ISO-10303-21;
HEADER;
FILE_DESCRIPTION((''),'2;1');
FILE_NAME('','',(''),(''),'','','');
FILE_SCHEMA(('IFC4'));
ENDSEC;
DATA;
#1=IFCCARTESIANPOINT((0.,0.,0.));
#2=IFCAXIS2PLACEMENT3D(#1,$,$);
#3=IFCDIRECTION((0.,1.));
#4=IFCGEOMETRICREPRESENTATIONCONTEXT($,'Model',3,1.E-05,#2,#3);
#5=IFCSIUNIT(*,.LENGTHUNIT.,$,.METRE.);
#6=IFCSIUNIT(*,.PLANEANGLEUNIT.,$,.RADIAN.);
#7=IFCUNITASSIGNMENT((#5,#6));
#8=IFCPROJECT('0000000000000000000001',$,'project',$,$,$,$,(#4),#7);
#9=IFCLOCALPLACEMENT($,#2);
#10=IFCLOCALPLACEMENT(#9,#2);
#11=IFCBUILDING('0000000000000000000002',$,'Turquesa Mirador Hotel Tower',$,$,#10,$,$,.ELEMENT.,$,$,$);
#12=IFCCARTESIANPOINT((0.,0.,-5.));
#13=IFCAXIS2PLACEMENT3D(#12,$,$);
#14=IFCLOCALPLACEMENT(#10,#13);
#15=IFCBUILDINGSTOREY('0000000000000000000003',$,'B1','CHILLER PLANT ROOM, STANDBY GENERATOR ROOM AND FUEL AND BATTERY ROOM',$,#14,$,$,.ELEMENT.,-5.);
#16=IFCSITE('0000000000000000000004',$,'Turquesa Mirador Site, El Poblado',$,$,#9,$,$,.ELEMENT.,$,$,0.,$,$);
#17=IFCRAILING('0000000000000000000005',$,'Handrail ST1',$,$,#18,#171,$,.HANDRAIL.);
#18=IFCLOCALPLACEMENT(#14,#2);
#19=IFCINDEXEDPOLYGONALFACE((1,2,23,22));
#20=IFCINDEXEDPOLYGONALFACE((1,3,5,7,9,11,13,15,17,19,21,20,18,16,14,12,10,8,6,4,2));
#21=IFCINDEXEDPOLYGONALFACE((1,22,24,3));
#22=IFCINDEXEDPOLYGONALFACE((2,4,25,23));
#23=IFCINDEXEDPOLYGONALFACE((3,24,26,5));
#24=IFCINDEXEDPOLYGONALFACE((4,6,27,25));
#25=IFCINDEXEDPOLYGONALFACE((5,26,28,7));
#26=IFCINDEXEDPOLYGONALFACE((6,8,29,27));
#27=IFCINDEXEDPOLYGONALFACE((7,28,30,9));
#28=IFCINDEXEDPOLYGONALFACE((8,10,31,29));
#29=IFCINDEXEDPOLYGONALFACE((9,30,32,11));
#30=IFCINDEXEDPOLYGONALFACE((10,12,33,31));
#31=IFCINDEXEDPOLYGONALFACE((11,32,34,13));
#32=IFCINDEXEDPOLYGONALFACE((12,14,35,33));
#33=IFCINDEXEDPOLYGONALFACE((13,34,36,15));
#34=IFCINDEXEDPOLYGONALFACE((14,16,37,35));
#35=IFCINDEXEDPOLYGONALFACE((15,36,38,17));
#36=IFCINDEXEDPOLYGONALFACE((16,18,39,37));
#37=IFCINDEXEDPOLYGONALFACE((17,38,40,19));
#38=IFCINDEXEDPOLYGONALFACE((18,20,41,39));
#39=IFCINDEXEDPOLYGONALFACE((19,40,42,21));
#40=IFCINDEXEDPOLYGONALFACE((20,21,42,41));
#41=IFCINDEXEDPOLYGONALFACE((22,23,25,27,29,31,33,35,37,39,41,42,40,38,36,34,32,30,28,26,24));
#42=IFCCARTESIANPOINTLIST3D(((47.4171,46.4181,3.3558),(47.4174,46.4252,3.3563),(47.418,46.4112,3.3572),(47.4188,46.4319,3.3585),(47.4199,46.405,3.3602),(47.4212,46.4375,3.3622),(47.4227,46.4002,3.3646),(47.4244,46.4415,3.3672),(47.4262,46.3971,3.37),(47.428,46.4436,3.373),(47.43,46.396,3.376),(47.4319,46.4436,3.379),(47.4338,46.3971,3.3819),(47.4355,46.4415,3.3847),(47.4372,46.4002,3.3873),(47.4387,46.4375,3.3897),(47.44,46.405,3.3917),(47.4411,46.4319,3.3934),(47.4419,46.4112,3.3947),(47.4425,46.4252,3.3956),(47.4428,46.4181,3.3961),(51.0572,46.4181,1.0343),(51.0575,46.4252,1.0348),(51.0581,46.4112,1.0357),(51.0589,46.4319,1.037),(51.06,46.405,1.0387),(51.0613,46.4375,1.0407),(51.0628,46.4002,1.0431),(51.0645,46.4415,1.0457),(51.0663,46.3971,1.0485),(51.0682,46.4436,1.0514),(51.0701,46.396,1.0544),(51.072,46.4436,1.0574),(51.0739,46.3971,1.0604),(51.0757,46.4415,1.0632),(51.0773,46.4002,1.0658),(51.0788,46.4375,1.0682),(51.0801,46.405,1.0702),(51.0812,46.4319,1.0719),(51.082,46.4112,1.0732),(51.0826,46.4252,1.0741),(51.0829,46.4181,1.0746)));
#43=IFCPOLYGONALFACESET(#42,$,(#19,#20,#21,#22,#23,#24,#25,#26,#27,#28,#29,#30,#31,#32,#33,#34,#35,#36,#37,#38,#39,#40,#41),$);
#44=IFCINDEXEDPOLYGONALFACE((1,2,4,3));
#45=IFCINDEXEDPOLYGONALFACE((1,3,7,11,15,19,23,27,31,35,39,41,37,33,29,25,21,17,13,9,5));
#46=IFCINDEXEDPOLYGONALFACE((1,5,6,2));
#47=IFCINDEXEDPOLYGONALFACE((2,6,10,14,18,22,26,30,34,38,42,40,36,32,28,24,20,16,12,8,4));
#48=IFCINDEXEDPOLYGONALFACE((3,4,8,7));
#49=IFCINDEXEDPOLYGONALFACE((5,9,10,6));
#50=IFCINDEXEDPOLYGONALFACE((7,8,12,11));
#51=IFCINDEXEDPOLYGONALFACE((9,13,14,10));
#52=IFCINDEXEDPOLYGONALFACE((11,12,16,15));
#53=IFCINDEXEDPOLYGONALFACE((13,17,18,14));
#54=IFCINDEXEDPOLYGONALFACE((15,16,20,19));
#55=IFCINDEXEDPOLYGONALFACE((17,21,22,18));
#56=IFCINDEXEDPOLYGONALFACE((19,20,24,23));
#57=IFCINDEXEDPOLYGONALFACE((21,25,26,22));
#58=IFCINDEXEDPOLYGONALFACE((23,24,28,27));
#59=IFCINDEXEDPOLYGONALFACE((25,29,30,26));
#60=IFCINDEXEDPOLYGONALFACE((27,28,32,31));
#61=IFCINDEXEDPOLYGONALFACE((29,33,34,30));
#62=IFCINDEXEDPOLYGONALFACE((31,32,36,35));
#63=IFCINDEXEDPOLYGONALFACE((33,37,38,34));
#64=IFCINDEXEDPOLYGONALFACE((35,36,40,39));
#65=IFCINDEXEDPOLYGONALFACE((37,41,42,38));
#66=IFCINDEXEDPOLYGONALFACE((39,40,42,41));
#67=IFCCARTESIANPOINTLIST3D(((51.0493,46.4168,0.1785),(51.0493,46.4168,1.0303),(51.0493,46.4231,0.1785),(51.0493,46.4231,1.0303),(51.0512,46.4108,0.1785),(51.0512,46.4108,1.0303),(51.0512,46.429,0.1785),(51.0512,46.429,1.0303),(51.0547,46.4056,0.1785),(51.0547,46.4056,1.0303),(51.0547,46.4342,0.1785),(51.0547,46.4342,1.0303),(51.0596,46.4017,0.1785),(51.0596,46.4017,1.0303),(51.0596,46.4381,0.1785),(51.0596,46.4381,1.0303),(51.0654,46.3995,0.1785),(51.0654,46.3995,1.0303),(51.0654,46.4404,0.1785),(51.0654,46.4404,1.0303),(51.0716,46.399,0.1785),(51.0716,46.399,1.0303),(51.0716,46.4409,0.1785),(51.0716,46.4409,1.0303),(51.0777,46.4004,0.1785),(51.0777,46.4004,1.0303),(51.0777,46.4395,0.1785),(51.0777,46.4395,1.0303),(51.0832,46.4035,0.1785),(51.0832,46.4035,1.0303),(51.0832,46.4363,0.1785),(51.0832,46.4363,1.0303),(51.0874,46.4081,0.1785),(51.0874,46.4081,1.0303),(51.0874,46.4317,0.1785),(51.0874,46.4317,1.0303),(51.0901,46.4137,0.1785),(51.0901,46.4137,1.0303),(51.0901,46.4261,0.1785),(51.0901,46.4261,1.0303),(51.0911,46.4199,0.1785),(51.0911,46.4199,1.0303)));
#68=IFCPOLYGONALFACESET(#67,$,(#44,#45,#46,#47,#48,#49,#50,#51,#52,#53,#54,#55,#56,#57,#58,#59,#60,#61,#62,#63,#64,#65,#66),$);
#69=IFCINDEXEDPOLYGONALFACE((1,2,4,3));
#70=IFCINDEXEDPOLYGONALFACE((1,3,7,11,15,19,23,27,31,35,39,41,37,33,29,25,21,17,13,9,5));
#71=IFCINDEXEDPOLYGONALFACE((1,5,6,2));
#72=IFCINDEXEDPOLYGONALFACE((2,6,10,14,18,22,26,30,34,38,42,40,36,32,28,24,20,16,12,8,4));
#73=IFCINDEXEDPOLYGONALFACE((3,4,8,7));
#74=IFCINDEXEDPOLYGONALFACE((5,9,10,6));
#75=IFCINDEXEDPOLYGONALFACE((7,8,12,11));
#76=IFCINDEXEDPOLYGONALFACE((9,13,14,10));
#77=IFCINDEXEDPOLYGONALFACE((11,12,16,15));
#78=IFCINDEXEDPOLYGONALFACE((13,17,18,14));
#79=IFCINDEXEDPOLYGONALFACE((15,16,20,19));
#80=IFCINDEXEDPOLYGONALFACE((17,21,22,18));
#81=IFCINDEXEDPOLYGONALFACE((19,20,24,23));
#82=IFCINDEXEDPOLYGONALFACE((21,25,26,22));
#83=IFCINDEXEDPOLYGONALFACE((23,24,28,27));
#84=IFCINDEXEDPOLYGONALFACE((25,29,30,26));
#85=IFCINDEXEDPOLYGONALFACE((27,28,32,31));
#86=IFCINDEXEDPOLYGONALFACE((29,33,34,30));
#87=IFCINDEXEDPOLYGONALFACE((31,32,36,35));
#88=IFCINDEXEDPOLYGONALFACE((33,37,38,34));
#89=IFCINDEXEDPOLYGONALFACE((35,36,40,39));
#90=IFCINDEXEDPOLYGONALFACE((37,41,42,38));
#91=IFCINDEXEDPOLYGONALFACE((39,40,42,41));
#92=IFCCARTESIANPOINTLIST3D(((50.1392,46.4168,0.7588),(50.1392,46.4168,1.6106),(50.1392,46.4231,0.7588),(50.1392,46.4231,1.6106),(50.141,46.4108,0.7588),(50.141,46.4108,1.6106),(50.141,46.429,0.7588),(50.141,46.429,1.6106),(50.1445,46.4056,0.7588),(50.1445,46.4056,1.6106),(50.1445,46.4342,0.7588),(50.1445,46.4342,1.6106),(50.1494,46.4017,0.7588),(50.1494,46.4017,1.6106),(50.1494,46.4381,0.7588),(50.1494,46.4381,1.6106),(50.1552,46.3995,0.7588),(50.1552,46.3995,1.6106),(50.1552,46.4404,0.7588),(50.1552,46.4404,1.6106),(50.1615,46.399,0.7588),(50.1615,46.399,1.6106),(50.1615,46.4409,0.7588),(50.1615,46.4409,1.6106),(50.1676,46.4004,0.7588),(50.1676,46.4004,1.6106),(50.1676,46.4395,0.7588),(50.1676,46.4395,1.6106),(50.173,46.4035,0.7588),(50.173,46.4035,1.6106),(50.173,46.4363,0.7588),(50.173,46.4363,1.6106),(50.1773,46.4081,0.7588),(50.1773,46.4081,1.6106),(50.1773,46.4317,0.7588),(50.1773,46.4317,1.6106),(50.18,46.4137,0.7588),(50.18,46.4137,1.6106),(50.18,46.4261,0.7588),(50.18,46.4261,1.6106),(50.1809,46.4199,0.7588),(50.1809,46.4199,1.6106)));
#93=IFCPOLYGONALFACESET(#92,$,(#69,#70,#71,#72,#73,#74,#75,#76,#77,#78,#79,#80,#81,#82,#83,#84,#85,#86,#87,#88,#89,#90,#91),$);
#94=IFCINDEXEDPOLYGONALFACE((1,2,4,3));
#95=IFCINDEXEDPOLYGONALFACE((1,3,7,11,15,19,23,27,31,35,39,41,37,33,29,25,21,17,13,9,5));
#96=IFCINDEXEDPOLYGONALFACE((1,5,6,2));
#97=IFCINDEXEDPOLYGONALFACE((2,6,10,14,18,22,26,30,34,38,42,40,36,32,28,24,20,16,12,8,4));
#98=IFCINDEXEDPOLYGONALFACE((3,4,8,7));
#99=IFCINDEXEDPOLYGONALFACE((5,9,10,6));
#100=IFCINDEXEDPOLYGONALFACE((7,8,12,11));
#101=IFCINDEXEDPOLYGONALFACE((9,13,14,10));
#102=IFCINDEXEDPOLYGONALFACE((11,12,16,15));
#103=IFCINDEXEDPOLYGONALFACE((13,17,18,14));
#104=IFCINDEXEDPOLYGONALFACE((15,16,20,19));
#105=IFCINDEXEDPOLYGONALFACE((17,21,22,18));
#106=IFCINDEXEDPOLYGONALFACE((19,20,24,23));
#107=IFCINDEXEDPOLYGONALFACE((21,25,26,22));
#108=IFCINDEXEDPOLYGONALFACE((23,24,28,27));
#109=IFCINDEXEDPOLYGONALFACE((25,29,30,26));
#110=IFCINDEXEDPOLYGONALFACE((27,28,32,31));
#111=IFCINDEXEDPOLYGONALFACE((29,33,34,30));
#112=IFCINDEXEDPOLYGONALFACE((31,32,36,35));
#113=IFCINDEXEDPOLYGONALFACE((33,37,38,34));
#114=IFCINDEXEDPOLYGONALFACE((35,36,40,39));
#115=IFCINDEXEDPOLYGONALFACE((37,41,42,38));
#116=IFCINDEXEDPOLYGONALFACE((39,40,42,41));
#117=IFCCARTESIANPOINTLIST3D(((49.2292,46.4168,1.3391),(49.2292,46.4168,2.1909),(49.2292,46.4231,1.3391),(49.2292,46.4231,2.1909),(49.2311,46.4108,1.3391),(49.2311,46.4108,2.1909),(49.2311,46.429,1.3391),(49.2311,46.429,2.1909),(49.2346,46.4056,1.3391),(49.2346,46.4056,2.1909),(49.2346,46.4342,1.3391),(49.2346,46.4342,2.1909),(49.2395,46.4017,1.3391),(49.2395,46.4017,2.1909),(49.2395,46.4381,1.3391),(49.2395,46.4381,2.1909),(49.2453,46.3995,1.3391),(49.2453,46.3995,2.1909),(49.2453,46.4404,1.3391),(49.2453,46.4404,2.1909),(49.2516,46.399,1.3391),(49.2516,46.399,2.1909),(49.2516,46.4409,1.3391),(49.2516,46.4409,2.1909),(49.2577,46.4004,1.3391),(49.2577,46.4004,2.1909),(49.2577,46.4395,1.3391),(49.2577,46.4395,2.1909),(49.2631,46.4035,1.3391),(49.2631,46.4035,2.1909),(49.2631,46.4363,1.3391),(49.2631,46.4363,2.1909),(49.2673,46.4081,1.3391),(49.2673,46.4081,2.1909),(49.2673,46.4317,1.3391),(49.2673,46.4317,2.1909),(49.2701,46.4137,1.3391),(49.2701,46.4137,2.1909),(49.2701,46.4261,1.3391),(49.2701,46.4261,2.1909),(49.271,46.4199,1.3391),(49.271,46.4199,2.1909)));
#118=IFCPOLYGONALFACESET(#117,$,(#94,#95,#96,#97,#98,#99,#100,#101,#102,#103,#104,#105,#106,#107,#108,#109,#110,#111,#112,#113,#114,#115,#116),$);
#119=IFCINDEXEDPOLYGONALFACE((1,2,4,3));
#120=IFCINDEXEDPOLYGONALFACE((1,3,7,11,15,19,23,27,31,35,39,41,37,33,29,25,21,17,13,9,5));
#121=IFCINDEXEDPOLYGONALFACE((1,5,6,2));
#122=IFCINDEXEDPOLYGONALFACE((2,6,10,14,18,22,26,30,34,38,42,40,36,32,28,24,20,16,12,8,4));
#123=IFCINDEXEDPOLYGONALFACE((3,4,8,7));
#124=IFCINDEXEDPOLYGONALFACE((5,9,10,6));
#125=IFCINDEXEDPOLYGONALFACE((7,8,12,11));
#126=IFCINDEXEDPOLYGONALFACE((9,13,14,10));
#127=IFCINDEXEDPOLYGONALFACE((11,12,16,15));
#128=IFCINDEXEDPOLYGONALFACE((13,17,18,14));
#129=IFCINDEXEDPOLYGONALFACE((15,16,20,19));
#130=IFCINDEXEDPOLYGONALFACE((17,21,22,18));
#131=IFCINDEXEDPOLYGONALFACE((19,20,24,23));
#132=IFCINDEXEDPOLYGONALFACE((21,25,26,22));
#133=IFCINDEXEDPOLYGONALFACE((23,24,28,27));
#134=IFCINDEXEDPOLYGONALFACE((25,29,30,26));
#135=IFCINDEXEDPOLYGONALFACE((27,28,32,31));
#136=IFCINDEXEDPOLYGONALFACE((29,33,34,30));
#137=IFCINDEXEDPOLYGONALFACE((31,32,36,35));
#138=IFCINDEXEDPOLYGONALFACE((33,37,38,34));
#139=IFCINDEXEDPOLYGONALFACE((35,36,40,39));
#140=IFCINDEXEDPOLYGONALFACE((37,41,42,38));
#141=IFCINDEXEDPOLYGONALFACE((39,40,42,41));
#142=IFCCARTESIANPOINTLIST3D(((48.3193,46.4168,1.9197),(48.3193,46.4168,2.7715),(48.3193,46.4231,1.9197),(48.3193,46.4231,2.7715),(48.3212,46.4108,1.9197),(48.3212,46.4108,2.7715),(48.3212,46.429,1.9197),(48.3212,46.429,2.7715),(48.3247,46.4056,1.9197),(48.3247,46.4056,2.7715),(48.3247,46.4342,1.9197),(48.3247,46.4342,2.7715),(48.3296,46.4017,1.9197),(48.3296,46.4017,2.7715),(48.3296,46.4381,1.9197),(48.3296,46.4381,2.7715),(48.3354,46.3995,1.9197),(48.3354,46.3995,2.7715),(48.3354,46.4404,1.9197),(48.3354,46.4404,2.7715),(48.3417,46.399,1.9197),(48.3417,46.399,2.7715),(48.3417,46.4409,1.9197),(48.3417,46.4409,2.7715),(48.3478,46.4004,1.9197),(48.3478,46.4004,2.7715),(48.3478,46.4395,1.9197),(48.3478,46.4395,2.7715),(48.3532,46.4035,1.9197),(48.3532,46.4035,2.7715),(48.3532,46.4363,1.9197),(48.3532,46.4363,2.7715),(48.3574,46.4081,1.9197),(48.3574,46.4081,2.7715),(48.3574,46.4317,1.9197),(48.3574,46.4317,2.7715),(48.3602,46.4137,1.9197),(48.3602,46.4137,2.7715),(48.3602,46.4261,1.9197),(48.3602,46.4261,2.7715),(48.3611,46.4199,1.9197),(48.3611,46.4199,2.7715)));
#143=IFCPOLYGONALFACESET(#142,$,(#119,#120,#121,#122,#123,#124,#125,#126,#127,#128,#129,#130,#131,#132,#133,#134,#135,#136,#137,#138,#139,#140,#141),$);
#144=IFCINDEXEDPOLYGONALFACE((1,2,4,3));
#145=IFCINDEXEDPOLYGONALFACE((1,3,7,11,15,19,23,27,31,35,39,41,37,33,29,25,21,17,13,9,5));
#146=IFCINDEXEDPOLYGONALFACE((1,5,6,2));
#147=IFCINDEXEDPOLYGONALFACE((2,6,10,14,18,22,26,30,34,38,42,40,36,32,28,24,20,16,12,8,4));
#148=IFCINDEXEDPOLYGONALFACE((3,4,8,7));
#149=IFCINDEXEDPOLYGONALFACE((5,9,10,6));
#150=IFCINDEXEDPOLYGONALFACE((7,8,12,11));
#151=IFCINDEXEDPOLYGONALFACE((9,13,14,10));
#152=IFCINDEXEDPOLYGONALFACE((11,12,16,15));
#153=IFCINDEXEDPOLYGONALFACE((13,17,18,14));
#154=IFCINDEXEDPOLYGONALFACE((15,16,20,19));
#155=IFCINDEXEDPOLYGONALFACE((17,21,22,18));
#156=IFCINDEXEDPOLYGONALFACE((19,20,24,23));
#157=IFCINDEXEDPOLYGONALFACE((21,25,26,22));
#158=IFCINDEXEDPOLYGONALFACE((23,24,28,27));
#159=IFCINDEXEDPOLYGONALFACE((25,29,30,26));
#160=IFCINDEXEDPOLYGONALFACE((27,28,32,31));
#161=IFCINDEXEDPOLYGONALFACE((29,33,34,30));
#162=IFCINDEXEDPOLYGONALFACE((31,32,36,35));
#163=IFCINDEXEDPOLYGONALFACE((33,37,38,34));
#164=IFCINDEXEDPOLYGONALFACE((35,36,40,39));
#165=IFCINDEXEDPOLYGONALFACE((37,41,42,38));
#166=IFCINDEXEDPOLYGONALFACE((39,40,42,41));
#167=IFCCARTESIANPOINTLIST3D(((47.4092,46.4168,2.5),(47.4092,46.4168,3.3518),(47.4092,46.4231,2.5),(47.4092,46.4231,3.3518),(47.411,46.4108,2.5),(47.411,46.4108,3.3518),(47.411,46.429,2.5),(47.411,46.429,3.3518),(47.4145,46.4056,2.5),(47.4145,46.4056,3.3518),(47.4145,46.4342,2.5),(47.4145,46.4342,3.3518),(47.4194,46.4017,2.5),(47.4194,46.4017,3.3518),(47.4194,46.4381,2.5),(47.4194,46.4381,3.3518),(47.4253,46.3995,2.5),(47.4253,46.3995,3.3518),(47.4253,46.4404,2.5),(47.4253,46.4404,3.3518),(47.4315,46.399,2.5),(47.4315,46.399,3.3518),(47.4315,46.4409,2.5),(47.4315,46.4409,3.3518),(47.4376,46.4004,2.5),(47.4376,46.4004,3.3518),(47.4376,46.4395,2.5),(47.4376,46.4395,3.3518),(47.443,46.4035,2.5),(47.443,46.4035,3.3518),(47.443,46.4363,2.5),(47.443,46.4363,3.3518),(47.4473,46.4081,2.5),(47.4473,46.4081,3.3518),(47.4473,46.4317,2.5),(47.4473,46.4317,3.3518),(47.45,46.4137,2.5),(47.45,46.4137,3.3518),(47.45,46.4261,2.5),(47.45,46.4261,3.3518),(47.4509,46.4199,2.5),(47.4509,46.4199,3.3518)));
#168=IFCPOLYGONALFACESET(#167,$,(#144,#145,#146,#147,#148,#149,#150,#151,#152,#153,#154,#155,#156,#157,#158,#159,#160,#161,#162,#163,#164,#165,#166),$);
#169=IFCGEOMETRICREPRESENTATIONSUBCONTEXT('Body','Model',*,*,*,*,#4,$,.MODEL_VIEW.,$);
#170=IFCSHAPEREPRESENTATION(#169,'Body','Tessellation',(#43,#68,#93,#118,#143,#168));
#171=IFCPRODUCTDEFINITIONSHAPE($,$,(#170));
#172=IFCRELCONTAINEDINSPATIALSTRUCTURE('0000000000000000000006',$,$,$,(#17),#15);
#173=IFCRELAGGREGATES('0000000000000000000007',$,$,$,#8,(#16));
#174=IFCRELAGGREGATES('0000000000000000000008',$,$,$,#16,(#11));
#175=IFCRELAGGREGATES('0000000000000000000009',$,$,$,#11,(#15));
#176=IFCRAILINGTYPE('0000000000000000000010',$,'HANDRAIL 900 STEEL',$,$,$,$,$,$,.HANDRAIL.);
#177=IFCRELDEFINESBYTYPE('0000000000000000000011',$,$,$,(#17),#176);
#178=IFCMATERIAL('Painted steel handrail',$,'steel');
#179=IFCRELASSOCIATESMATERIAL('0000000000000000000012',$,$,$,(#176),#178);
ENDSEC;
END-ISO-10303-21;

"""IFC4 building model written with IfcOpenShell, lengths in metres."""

from ifc_helpers import new_model, si_unit, direction, frame, origin, origin_2d, place, context, subcontext, project, spatial, circle, extrude, material, type_object, element, save


model = new_model("IFC4")

# Units and contexts
model_context = context("Model", 3, precision=1e-05, world=origin(), true_north=direction((0.0, 1.0)))
body_context = subcontext(model_context, "Body", "Model", "MODEL_VIEW")
ifc_project = project(units=[si_unit("LENGTHUNIT", "METRE"), si_unit("PLANEANGLEUNIT", "RADIAN")], contexts=[model_context])

# Site, building, storey
site_placement = place(None, origin())
site = spatial("IfcSite", under=ifc_project, at=site_placement, Name="Turquesa Mirador Site, El Poblado", CompositionType="ELEMENT", RefElevation=0.0)
building_placement = place(site_placement, origin())
building = spatial("IfcBuilding", under=site, at=building_placement, Name="Turquesa Mirador Hotel Tower", CompositionType="ELEMENT")
storey_placement = place(building_placement, frame((0.0, 0.0, -5.0)))
storey = spatial("IfcBuildingStorey", under=building, at=storey_placement, Name="B1", Description="CHILLER PLANT ROOM, STANDBY GENERATOR ROOM AND FUEL AND BATTERY ROOM", CompositionType="ELEMENT", Elevation=-5.0)

# Railing
ifc_material_1 = material(Name="Painted steel handrail", Category="steel")
railing_type = type_object("IfcRailingType", Name="HANDRAIL 900 STEEL", PredefinedType="HANDRAIL", material=ifc_material_1)
for number, where, name in (
    (1, (51.0701, 46.4199, 0.1785), "Handrail ST1"),
):
    element("IfcRailing", number, at=place(storey_placement, frame(where)), inside=storey, type_object=railing_type, Name=name, PredefinedType="HANDRAIL", context=body_context, shape_type="SweptSolid", body=[
        extrude(circle(Radius=0.0239, at=origin_2d()), frame((0.0, 0.0, 0.876), z_axis=(-0.843128, 0.0, 0.537713), x_axis=(0.0, -1.0, 0.0)), (0.0, 0.0, 1.0), 4.3174),
        extrude(circle(Radius=0.021, at=origin_2d()), origin(), (0.0, 0.0, 1.0), 0.8518),
        extrude(circle(Radius=0.021, at=origin_2d()), frame((-0.9102, 0.0, 0.5803)), (0.0, 0.0, 1.0), 0.8518),
        extrude(circle(Radius=0.021, at=origin_2d()), frame((-1.8201, 0.0, 1.1606)), (0.0, 0.0, 1.0), 0.8518),
        extrude(circle(Radius=0.021, at=origin_2d()), frame((-2.73, 0.0, 1.7412)), (0.0, 0.0, 1.0), 0.8518),
        extrude(circle(Radius=0.021, at=origin_2d()), frame((-3.6401, 0.0, 2.3215)), (0.0, 0.0, 1.0), 0.8518),
    ])

save(model, "model.ifc")
